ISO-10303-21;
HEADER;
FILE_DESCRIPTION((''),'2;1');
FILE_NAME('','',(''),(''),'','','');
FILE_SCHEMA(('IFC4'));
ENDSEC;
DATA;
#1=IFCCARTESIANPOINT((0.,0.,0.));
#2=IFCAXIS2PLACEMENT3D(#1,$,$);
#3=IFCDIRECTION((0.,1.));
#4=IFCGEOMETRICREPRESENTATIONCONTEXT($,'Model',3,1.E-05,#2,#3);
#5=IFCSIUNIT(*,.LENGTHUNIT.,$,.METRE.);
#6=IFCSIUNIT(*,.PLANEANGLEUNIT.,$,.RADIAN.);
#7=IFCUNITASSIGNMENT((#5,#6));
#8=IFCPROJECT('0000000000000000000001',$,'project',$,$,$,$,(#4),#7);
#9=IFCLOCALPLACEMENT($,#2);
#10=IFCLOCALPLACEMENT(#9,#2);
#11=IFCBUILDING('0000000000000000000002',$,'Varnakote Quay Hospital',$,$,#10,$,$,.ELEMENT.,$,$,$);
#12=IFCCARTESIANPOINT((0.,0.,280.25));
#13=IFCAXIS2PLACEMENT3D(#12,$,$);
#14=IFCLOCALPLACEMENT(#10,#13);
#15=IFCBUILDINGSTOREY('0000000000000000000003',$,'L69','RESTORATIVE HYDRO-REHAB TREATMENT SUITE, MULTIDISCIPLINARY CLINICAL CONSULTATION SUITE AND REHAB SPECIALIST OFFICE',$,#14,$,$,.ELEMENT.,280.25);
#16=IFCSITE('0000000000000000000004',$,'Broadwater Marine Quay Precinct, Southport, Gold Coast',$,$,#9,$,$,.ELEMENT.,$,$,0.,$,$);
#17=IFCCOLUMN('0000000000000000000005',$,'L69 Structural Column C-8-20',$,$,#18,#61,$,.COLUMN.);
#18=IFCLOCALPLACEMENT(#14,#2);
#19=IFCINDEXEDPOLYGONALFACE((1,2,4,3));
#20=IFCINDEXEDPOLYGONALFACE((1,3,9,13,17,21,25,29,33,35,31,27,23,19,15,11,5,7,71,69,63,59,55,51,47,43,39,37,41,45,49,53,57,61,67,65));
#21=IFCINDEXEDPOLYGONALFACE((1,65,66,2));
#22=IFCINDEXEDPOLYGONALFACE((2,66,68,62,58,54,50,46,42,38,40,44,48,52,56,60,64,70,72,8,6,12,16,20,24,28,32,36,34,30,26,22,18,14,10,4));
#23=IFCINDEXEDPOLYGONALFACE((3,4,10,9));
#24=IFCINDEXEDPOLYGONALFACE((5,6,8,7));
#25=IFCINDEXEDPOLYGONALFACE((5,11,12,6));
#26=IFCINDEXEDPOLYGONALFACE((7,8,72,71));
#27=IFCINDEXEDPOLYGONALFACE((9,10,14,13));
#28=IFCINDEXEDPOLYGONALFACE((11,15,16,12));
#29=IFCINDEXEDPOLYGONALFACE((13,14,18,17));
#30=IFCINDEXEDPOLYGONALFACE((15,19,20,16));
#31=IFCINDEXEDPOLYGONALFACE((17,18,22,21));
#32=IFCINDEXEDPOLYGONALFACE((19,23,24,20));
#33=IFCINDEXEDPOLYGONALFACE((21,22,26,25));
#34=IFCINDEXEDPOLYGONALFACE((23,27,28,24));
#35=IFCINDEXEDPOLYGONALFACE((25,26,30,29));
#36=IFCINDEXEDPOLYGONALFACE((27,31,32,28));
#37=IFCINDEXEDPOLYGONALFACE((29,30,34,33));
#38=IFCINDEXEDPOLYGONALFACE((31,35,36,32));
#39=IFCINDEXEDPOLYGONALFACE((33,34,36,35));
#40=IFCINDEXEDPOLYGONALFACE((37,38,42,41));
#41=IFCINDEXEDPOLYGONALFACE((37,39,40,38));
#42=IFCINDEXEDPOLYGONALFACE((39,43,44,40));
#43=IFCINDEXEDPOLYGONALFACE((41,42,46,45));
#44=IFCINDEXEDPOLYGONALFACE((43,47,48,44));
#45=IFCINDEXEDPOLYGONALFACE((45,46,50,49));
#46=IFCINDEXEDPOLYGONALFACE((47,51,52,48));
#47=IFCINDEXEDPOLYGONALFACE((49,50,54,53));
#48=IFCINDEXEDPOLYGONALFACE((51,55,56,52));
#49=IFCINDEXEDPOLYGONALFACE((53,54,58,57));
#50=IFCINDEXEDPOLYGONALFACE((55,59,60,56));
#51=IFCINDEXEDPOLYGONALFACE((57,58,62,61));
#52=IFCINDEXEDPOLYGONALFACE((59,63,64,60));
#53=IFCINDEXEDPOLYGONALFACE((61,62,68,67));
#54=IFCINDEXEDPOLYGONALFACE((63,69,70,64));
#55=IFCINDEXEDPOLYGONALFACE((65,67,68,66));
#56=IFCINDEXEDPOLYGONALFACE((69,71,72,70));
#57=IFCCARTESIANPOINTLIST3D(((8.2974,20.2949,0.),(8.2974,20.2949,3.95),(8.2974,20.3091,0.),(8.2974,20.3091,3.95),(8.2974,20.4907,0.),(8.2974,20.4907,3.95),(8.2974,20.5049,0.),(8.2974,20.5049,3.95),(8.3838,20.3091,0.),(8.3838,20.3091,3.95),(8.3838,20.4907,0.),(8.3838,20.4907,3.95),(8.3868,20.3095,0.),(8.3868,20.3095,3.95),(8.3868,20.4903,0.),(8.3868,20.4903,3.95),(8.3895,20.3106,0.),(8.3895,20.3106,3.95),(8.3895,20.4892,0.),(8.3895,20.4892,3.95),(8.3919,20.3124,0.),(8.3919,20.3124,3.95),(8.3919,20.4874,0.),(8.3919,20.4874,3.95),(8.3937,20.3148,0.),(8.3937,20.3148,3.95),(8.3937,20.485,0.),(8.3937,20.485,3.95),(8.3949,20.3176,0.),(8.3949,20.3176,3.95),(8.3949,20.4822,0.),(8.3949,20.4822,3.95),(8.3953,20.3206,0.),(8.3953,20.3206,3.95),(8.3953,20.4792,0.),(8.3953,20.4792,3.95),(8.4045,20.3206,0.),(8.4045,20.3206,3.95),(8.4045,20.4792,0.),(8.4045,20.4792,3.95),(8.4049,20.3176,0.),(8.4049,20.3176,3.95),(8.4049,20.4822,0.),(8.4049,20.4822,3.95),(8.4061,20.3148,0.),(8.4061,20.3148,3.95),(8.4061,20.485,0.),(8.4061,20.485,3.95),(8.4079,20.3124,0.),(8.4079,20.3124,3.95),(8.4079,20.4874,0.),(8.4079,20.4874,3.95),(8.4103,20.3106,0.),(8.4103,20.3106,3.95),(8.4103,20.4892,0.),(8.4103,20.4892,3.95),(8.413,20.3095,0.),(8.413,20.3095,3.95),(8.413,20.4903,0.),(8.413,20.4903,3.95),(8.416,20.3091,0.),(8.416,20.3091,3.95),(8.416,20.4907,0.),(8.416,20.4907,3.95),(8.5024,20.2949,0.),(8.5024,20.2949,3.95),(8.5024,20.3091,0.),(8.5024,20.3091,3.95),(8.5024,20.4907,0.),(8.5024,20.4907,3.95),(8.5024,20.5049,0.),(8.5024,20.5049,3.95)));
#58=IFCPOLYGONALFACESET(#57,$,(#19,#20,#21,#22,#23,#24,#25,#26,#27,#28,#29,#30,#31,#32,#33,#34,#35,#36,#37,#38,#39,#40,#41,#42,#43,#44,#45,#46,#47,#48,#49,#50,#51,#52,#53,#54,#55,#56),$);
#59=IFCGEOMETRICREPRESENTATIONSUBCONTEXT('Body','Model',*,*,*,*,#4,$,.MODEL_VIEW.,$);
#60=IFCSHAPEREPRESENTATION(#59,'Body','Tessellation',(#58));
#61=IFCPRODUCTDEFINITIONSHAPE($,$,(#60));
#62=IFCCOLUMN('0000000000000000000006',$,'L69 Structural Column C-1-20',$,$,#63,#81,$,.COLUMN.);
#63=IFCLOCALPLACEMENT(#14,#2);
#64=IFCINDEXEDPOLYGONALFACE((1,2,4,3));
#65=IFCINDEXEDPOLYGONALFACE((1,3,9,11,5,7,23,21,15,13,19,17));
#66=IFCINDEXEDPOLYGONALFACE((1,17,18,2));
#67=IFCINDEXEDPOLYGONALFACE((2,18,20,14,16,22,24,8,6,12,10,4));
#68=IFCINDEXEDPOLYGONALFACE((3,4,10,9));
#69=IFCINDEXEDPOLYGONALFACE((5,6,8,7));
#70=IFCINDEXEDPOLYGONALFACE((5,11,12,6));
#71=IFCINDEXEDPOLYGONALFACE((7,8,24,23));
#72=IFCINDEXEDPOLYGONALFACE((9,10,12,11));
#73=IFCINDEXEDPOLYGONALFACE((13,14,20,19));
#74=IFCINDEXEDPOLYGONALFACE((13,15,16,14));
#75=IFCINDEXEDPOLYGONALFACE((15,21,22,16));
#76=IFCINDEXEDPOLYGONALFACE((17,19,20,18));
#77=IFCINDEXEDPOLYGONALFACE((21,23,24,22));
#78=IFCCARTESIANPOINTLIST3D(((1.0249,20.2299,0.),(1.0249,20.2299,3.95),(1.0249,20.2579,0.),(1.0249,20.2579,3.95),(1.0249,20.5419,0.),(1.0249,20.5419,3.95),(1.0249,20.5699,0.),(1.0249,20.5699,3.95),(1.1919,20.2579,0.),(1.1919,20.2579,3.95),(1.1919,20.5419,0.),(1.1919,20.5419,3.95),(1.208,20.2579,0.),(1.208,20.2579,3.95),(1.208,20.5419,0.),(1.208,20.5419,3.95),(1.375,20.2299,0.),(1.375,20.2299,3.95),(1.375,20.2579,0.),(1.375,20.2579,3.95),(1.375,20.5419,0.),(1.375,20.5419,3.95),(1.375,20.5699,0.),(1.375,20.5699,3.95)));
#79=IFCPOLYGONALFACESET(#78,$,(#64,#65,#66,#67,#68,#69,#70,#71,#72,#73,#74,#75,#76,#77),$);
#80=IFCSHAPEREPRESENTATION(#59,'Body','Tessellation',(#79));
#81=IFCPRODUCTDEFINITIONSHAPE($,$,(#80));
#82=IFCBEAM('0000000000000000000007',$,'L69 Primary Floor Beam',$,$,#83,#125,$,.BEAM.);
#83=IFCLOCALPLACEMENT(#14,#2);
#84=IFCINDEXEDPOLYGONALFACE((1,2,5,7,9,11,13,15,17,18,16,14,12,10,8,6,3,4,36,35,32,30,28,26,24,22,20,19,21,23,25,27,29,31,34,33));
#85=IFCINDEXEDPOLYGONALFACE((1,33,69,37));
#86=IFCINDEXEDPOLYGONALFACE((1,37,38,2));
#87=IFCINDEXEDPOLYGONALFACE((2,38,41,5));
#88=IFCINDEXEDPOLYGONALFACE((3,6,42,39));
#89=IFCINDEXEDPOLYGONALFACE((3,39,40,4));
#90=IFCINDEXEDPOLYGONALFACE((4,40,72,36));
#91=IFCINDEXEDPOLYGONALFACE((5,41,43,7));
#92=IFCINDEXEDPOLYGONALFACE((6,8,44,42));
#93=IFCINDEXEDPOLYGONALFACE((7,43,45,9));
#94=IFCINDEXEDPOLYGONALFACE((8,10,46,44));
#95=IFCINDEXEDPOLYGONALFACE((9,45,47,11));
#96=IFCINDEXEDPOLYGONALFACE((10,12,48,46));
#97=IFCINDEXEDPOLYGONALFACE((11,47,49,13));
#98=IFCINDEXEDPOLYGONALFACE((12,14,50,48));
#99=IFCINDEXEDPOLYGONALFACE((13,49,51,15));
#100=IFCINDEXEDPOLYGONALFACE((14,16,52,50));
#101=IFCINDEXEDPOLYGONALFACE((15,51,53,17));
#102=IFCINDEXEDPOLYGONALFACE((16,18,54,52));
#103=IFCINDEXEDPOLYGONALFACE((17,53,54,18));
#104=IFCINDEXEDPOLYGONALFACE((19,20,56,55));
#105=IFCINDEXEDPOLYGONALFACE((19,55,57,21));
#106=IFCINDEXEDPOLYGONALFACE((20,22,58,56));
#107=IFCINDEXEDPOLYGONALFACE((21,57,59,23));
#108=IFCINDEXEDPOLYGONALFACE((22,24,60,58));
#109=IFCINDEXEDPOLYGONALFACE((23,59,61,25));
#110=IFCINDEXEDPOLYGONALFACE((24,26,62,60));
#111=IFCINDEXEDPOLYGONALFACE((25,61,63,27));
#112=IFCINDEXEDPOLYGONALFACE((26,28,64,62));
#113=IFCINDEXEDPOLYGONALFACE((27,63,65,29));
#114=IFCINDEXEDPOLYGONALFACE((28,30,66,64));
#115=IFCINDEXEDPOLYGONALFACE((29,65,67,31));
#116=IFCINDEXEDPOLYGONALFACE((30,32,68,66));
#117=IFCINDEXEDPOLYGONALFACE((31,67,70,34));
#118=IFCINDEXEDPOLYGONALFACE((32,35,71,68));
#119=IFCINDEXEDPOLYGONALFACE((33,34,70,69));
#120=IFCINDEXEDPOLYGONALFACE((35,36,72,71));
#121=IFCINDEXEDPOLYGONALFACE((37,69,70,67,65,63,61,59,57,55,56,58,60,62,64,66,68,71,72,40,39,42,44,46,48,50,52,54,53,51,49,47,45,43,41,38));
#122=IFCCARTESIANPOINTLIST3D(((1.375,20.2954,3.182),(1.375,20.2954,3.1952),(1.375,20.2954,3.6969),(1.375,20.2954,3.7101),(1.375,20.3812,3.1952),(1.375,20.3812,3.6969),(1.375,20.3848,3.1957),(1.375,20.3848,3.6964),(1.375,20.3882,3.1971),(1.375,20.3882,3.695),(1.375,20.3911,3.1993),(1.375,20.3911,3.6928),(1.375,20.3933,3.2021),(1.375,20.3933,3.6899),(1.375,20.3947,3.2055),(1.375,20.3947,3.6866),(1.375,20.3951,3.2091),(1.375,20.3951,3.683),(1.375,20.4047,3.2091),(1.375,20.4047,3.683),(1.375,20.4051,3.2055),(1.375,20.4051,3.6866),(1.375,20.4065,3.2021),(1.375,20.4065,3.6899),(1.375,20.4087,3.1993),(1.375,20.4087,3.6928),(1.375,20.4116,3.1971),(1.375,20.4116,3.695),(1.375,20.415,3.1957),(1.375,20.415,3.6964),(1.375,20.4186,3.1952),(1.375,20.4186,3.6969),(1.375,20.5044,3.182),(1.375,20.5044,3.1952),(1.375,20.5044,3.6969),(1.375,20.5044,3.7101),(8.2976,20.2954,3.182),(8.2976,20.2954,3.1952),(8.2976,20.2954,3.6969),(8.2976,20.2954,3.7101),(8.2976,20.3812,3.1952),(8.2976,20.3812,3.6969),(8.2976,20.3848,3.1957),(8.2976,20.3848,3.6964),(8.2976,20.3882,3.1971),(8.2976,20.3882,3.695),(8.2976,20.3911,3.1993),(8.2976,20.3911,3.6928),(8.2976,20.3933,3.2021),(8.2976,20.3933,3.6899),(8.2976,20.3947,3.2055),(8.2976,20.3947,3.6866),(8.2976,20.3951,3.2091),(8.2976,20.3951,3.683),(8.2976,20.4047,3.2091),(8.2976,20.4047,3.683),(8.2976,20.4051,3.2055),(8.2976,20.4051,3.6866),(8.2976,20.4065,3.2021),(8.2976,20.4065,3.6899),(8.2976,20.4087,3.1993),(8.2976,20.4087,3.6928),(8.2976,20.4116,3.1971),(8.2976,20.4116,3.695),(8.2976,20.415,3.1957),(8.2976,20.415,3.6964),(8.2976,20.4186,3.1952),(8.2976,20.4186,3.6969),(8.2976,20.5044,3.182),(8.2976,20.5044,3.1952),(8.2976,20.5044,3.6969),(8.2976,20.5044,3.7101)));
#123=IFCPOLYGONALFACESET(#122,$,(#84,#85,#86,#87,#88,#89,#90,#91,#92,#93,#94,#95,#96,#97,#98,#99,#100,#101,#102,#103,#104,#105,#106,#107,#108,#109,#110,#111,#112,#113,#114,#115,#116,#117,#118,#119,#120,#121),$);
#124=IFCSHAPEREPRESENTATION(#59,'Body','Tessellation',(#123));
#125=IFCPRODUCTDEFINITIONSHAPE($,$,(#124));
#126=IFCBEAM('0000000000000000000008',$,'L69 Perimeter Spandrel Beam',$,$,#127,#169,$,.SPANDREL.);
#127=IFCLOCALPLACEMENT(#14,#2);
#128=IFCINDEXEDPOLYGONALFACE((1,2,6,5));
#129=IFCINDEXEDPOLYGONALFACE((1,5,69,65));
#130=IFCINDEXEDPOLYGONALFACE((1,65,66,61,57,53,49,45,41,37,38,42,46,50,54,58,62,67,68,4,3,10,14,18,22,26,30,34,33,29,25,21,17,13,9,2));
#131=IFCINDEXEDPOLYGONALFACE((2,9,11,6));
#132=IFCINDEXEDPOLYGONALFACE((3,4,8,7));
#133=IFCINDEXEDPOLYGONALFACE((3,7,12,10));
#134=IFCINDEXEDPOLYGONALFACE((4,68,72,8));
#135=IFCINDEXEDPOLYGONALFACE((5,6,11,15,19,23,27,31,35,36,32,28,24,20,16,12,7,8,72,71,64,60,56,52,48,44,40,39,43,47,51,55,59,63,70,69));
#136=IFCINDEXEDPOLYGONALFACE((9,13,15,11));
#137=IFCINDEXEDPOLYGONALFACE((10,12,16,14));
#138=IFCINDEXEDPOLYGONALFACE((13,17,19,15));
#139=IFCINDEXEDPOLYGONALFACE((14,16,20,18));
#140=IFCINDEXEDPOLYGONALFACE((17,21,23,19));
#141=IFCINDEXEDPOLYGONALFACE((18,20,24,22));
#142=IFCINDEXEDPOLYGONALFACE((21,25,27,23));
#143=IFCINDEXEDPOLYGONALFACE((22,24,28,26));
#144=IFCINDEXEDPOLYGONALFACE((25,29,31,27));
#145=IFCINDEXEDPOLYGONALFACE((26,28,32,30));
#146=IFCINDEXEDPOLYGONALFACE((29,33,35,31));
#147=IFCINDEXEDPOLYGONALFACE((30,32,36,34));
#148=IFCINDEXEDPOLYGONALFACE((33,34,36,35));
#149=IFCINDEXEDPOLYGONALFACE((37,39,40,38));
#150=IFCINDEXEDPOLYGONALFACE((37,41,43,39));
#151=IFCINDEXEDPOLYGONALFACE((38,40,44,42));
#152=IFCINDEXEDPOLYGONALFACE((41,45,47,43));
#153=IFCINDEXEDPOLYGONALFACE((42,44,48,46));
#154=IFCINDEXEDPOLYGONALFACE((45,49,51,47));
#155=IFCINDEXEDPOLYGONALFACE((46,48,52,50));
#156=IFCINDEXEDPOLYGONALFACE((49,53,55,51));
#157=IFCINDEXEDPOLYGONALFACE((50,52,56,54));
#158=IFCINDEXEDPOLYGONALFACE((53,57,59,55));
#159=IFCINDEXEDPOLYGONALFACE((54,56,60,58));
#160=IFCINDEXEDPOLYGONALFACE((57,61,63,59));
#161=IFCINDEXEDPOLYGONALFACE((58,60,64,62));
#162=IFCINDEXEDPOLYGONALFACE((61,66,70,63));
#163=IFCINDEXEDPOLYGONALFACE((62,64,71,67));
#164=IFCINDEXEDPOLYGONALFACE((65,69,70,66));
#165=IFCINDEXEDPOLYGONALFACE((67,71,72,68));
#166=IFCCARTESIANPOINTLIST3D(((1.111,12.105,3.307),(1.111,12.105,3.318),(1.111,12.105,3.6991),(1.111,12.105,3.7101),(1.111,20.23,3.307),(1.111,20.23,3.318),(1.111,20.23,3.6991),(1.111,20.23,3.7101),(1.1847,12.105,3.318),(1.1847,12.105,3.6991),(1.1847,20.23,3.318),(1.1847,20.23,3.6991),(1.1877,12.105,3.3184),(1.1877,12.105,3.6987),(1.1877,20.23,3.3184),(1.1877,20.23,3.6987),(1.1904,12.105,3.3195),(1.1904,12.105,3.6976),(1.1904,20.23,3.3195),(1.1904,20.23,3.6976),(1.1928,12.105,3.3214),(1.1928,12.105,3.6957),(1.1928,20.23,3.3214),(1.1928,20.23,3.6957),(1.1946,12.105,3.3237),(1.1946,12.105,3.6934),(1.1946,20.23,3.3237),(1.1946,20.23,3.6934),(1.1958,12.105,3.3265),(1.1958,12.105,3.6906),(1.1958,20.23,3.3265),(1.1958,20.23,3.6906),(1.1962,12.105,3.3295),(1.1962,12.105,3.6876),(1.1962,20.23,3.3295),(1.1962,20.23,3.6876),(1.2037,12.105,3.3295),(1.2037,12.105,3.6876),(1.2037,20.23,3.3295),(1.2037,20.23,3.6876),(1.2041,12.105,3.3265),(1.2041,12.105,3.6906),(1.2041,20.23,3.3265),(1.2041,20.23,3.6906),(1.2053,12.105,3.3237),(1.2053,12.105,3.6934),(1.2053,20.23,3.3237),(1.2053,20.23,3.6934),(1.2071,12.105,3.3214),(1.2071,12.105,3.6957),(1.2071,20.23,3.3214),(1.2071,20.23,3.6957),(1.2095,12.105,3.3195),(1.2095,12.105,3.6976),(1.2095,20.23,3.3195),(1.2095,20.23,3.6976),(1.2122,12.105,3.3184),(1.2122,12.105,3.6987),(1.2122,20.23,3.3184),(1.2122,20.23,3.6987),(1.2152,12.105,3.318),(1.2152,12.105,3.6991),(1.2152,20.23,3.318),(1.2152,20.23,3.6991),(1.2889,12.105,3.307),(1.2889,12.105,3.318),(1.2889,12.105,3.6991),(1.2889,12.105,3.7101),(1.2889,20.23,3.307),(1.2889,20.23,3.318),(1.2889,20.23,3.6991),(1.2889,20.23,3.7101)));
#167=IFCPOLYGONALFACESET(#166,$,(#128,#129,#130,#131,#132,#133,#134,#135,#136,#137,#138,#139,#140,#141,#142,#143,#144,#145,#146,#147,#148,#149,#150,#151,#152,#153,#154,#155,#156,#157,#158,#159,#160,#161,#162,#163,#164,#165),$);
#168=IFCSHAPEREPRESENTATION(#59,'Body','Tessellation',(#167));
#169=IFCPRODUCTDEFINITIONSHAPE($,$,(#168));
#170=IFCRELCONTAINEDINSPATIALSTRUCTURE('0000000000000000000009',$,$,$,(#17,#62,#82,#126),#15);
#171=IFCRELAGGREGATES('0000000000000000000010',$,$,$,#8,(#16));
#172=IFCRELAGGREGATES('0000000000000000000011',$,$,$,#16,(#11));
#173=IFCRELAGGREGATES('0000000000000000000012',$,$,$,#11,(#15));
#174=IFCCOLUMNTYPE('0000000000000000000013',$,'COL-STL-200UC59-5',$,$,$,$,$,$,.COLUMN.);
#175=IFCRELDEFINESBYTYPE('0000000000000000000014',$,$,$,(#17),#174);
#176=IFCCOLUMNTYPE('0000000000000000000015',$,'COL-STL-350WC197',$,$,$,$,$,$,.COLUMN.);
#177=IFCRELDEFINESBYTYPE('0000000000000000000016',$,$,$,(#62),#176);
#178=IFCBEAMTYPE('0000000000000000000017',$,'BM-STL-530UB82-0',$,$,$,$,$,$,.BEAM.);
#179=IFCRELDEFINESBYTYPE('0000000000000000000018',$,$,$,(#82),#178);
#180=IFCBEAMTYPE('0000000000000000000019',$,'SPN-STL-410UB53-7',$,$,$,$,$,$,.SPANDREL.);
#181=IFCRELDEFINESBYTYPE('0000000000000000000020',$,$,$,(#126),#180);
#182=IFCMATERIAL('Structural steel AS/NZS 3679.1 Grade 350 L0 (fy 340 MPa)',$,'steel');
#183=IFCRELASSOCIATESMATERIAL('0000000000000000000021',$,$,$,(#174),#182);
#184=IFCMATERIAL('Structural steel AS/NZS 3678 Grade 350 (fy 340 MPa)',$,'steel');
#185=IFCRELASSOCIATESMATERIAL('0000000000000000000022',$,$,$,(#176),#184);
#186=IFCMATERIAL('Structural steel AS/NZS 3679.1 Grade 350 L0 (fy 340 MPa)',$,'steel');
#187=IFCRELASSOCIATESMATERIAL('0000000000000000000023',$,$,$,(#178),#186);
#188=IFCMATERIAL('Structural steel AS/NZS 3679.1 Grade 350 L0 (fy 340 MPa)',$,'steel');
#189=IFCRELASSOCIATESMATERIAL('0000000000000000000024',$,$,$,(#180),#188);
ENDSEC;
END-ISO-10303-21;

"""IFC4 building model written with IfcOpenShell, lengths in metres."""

from ifc_helpers import new_model, si_unit, direction, frame, origin, origin_2d, place, context, subcontext, project, spatial, i_section, extrude, material, material_profile, profile_set, type_object, element, save


model = new_model("IFC4")

# Units and contexts
model_context = context("Model", 3, precision=1e-05, world=origin(), true_north=direction((0.0, 1.0)))
body_context = subcontext(model_context, "Body", "Model", "MODEL_VIEW")
ifc_project = project(units=[si_unit("LENGTHUNIT", "METRE"), si_unit("PLANEANGLEUNIT", "RADIAN")], contexts=[model_context])

# Site, building, storey
site_placement = place(None, origin())
site = spatial("IfcSite", under=ifc_project, at=site_placement, Name="Broadwater Marine Quay Precinct, Southport, Gold Coast", CompositionType="ELEMENT", RefElevation=0.0)
building_placement = place(site_placement, origin())
building = spatial("IfcBuilding", under=site, at=building_placement, Name="Varnakote Quay Hospital", CompositionType="ELEMENT")
storey_placement = place(building_placement, frame((0.0, 0.0, 280.25)))
storey = spatial("IfcBuildingStorey", under=building, at=storey_placement, Name="L69", Description="RESTORATIVE HYDRO-REHAB TREATMENT SUITE, MULTIDISCIPLINARY CLINICAL CONSULTATION SUITE AND REHAB SPECIALIST OFFICE", CompositionType="ELEMENT", Elevation=280.25)

# Columns
ifc_material_1 = material(Name="Structural steel AS/NZS 3679.1 Grade 350 L0 (fy 340 MPa)", Category="steel")
ifc_material_profile_1 = material_profile(ifc_material_1, i_section(OverallWidth=0.2051, OverallDepth=0.21, WebThickness=0.0093, FlangeThickness=0.0142, FilletRadius=0.0115, at=origin_2d()), Name="200UC59.5")
ifc_profile_set_1 = profile_set([ifc_material_profile_1], Name="Structural steel AS/NZS 3679.1 Grade 350 L0 (fy 340 MPa)")
column_type_1 = type_object("IfcColumnType", Name="COL-STL-200UC59-5", PredefinedType="COLUMN", material=ifc_profile_set_1)
column_1_placement = place(storey_placement, frame((8.3999, 20.3999, 0.0), z_axis=(0.0, 0.0, 1.0), x_axis=(1.0, 0.0, 0.0)))
element("IfcColumn", 1, at=column_1_placement, inside=storey, type_object=column_type_1, Name="L69 Structural Column C-8-20", PredefinedType="COLUMN", context=body_context, shape_type="SweptSolid", body=[
    extrude(i_section(OverallWidth=0.2051, OverallDepth=0.21, WebThickness=0.0093, FlangeThickness=0.0142, FilletRadius=0.0115, at=origin_2d()), origin(), (0.0, 0.0, 1.0), 3.95),
])
ifc_material_2 = material(Name="Structural steel AS/NZS 3678 Grade 350 (fy 340 MPa)", Category="steel")
ifc_material_profile_2 = material_profile(ifc_material_2, i_section(OverallWidth=0.3501, OverallDepth=0.3401, WebThickness=0.0161, FlangeThickness=0.0281, at=origin_2d()), Name="350WC197")
ifc_profile_set_2 = profile_set([ifc_material_profile_2], Name="Structural steel AS/NZS 3678 Grade 350 (fy 340 MPa)")
column_type_2 = type_object("IfcColumnType", Name="COL-STL-350WC197", PredefinedType="COLUMN", material=ifc_profile_set_2)
column_2_placement = place(storey_placement, frame((1.2, 20.3999, 0.0), z_axis=(0.0, 0.0, 1.0), x_axis=(1.0, 0.0, 0.0)))
element("IfcColumn", 2, at=column_2_placement, inside=storey, type_object=column_type_2, Name="L69 Structural Column C-1-20", PredefinedType="COLUMN", context=body_context, shape_type="SweptSolid", body=[
    extrude(i_section(OverallWidth=0.3501, OverallDepth=0.3401, WebThickness=0.0161, FlangeThickness=0.0281, at=origin_2d()), origin(), (0.0, 0.0, 1.0), 3.95),
])

# Beams
ifc_material_3 = material(Name="Structural steel AS/NZS 3679.1 Grade 350 L0 (fy 340 MPa)", Category="steel")
ifc_material_profile_3 = material_profile(ifc_material_3, i_section(OverallWidth=0.209, OverallDepth=0.5281, WebThickness=0.0095, FlangeThickness=0.0132, FilletRadius=0.0139, at=origin_2d()), Name="530UB82.0")
ifc_profile_set_3 = profile_set([ifc_material_profile_3], Name="Structural steel AS/NZS 3679.1 Grade 350 L0 (fy 340 MPa)")
beam_type_1 = type_object("IfcBeamType", Name="BM-STL-530UB82-0", PredefinedType="BEAM", material=ifc_profile_set_3)
beam_1_placement = place(storey_placement, frame((1.375, 20.3999, 3.446), z_axis=(1.0, 0.0, 0.0), x_axis=(0.0, 1.0, 0.0)))
element("IfcBeam", 3, at=beam_1_placement, inside=storey, type_object=beam_type_1, Name="L69 Primary Floor Beam", PredefinedType="BEAM", context=body_context, shape_type="SweptSolid", body=[
    extrude(i_section(OverallWidth=0.209, OverallDepth=0.5281, WebThickness=0.0095, FlangeThickness=0.0132, FilletRadius=0.0139, at=origin_2d()), origin(), (0.0, 0.0, 1.0), 6.9226),
])
ifc_material_4 = material(Name="Structural steel AS/NZS 3679.1 Grade 350 L0 (fy 340 MPa)", Category="steel")
ifc_material_profile_4 = material_profile(ifc_material_4, i_section(OverallWidth=0.178, OverallDepth=0.4031, WebThickness=0.0076, FlangeThickness=0.011, FilletRadius=0.0115, at=origin_2d()), Name="410UB53.7")
ifc_profile_set_4 = profile_set([ifc_material_profile_4], Name="Structural steel AS/NZS 3679.1 Grade 350 L0 (fy 340 MPa)")
beam_type_2 = type_object("IfcBeamType", Name="SPN-STL-410UB53-7", PredefinedType="SPANDREL", material=ifc_profile_set_4)
beam_2_placement = place(storey_placement, frame((1.2, 12.105, 3.5085), z_axis=(0.0, 1.0, 0.0), x_axis=(-1.0, 0.0, 0.0)))
element("IfcBeam", 4, at=beam_2_placement, inside=storey, type_object=beam_type_2, Name="L69 Perimeter Spandrel Beam", PredefinedType="SPANDREL", context=body_context, shape_type="SweptSolid", body=[
    extrude(i_section(OverallWidth=0.178, OverallDepth=0.4031, WebThickness=0.0076, FlangeThickness=0.011, FilletRadius=0.0115, at=origin_2d()), origin(), (0.0, 0.0, 1.0), 8.125),
])

save(model, "model.ifc")
